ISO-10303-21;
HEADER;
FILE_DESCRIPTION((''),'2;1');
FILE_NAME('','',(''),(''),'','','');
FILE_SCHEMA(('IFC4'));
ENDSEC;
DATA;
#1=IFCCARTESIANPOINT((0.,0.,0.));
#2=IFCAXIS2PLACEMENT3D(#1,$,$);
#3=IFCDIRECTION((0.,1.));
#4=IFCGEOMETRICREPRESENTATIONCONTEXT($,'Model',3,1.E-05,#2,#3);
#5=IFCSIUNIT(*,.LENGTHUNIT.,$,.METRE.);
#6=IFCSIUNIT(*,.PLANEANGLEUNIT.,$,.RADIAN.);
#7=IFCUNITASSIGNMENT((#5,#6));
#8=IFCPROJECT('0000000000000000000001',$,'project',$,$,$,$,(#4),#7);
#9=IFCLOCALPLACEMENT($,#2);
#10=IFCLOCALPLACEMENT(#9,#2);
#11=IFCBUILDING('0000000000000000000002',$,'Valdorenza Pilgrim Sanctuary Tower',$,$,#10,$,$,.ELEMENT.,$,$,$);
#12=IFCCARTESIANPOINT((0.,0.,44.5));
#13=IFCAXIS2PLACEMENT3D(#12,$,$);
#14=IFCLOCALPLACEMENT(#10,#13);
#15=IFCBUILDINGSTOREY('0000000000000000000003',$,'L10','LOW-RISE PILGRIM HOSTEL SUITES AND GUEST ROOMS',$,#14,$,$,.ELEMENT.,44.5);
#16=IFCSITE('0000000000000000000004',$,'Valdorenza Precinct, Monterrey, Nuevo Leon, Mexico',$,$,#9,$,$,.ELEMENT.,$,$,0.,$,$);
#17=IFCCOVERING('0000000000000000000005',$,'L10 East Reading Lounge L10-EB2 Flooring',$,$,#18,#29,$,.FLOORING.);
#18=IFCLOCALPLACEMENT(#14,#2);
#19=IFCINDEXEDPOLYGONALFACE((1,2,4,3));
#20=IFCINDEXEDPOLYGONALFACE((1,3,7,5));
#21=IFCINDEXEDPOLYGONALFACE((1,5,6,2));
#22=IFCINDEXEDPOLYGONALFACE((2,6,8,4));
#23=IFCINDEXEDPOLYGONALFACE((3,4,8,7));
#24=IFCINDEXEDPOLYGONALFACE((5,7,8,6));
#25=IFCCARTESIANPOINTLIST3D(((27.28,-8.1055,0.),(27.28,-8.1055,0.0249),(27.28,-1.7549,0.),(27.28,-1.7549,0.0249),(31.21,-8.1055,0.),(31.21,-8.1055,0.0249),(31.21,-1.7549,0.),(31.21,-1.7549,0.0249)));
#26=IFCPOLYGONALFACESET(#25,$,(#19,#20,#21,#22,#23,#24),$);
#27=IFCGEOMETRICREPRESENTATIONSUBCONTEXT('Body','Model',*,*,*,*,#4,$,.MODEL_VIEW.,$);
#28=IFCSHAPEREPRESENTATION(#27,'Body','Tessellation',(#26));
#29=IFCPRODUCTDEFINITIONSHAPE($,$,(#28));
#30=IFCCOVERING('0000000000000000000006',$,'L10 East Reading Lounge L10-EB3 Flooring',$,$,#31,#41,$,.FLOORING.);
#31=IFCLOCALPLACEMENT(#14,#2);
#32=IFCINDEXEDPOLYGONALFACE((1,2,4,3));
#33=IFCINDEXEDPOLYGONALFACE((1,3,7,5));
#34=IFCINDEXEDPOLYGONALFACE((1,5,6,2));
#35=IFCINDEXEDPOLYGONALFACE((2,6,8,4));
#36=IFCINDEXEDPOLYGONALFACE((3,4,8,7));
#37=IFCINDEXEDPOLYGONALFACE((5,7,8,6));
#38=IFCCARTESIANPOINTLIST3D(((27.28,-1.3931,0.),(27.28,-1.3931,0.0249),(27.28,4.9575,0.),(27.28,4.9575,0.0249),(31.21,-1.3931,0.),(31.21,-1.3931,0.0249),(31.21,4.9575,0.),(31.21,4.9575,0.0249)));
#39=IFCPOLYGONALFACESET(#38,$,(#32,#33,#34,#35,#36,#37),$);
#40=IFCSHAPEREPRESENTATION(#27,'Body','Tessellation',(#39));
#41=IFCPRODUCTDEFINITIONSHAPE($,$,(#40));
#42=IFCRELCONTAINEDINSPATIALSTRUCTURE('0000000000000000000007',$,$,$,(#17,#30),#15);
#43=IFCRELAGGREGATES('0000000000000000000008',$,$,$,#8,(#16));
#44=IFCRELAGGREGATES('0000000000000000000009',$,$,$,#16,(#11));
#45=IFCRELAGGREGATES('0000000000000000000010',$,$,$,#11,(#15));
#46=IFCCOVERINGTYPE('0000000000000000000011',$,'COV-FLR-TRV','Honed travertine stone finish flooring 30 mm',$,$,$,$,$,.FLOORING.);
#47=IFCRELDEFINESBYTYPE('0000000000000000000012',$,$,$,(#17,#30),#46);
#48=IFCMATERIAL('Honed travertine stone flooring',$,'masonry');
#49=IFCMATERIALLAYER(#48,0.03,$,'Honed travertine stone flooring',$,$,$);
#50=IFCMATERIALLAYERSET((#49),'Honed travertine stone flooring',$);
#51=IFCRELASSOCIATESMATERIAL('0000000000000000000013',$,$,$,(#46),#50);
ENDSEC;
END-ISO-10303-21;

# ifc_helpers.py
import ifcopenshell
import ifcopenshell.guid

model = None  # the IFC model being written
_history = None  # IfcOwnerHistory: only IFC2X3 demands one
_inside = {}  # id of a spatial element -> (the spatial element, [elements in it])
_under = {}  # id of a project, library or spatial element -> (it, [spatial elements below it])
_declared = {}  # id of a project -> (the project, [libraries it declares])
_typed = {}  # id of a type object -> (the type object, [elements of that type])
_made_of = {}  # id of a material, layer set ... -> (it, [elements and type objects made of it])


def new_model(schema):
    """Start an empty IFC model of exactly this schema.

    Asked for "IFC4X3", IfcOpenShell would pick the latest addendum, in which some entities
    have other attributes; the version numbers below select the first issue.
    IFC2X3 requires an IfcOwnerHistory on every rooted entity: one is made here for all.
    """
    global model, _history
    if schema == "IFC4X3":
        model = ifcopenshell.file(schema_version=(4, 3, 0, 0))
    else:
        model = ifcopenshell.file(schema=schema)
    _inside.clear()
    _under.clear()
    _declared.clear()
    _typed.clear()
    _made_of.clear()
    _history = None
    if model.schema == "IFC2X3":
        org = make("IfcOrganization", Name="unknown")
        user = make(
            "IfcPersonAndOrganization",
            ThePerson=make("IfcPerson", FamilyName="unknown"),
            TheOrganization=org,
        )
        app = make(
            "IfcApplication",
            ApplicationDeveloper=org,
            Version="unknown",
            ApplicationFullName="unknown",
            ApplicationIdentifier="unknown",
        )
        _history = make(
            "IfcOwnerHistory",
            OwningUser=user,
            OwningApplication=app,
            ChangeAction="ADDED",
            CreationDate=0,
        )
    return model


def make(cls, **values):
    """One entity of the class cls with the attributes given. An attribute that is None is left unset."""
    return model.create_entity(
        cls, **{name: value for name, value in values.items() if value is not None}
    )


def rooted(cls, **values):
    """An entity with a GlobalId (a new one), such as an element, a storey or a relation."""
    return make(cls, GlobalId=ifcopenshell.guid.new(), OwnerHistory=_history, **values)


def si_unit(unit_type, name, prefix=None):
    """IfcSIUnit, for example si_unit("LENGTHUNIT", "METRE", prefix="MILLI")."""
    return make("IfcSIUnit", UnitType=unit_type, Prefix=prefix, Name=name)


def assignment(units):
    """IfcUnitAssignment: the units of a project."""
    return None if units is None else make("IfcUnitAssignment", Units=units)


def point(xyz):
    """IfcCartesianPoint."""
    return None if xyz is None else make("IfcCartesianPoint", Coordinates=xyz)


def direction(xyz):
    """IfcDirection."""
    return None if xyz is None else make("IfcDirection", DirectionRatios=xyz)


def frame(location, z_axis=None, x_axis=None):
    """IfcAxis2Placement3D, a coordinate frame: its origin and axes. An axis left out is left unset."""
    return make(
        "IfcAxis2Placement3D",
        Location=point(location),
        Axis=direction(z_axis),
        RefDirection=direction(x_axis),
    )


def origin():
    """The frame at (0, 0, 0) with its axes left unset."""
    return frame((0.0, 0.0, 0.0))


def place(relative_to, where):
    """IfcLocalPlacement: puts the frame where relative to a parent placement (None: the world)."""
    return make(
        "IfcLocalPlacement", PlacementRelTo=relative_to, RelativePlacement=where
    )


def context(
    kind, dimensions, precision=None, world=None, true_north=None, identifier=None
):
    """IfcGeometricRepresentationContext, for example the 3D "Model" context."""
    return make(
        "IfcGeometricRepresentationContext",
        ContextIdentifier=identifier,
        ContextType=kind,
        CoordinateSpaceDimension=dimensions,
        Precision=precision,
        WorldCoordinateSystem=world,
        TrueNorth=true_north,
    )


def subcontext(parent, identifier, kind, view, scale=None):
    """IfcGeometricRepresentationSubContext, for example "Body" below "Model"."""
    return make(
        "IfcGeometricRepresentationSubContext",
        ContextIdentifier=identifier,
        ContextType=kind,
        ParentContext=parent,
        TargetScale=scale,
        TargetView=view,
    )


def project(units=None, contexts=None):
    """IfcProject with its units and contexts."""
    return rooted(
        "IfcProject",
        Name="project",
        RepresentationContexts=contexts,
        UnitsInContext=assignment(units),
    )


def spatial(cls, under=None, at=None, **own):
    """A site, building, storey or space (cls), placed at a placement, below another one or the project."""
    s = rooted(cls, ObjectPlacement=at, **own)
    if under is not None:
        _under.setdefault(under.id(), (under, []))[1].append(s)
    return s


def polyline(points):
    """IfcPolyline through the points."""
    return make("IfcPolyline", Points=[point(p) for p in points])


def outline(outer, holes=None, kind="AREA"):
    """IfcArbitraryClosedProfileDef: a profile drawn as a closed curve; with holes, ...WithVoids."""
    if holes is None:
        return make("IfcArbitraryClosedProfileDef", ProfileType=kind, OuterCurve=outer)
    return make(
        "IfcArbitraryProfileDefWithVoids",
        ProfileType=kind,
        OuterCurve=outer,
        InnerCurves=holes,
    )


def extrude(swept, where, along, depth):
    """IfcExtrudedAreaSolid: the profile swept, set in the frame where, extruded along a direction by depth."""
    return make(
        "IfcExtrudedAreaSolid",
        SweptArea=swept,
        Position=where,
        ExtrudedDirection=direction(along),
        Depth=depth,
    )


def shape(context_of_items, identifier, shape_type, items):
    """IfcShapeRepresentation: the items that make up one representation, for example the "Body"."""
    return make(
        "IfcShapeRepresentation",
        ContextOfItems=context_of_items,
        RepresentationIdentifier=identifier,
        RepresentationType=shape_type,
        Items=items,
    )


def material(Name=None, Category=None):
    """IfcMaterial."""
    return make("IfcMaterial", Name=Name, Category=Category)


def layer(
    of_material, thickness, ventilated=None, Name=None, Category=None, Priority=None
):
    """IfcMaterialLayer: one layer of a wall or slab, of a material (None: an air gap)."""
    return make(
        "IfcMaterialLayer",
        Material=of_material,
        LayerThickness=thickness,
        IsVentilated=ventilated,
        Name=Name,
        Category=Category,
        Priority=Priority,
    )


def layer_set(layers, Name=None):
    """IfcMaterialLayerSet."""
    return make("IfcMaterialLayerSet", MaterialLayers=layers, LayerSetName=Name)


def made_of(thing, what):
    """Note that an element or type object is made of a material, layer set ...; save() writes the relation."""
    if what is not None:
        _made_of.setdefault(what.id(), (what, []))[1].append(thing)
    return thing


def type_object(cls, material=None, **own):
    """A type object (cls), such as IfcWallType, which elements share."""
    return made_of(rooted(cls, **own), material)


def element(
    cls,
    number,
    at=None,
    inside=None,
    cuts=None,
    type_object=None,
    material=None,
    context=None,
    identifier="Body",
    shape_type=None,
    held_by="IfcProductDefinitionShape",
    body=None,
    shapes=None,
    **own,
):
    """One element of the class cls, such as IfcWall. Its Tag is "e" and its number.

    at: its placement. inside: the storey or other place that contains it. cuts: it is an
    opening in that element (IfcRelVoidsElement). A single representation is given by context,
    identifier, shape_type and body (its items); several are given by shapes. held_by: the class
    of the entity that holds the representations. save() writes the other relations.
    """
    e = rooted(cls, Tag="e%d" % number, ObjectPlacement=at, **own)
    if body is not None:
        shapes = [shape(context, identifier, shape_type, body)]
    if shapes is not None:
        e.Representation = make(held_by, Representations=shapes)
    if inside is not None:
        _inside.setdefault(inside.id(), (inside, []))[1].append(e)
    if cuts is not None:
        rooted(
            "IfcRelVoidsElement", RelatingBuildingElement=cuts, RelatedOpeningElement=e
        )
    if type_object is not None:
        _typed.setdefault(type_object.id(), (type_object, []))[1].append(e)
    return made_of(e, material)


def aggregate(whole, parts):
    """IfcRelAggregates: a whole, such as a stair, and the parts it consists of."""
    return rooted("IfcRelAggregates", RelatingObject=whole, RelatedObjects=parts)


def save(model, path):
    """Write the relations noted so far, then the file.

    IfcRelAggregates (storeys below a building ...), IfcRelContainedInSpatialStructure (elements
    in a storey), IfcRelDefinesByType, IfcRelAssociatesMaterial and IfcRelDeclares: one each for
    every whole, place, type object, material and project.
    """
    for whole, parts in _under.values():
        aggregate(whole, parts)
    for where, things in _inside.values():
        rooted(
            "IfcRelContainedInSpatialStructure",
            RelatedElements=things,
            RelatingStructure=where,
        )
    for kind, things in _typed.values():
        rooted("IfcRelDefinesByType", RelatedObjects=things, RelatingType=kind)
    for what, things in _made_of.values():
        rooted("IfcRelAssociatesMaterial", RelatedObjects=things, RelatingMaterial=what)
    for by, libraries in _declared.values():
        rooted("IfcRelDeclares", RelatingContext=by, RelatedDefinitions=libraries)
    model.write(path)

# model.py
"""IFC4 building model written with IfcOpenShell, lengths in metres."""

from ifc_helpers import new_model, si_unit, direction, frame, origin, place, context, subcontext, project, spatial, polyline, outline, extrude, material, layer, layer_set, type_object, element, save


model = new_model("IFC4")

# Units and contexts
model_context = context("Model", 3, precision=1e-05, world=origin(), true_north=direction((0.0, 1.0)))
body_context = subcontext(model_context, "Body", "Model", "MODEL_VIEW")
ifc_project = project(units=[si_unit("LENGTHUNIT", "METRE"), si_unit("PLANEANGLEUNIT", "RADIAN")], contexts=[model_context])

# Site, building, storey
site_placement = place(None, origin())
site = spatial("IfcSite", under=ifc_project, at=site_placement, Name="Valdorenza Precinct, Monterrey, Nuevo Leon, Mexico", CompositionType="ELEMENT", RefElevation=0.0)
building_placement = place(site_placement, origin())
building = spatial("IfcBuilding", under=site, at=building_placement, Name="Valdorenza Pilgrim Sanctuary Tower", CompositionType="ELEMENT")
storey_placement = place(building_placement, frame((0.0, 0.0, 44.5)))
storey = spatial("IfcBuildingStorey", under=building, at=storey_placement, Name="L10", Description="LOW-RISE PILGRIM HOSTEL SUITES AND GUEST ROOMS", CompositionType="ELEMENT", Elevation=44.5)

# Coverings
ifc_material_1 = material(Name="Honed travertine stone flooring", Category="masonry")
ifc_layer_1 = layer(ifc_material_1, 0.03, Name="Honed travertine stone flooring")
ifc_layer_set_1 = layer_set([ifc_layer_1], Name="Honed travertine stone flooring")
covering_type_1 = type_object("IfcCoveringType", Name="COV-FLR-TRV", Description="Honed travertine stone finish flooring 30 mm", PredefinedType="FLOORING", material=ifc_layer_set_1)
covering_1_placement = place(storey_placement, origin())
element("IfcCovering", 1, at=covering_1_placement, inside=storey, type_object=covering_type_1, Name="L10 East Reading Lounge L10-EB2 Flooring", PredefinedType="FLOORING", context=body_context, shape_type="SweptSolid", body=[
    extrude(outline(polyline([(27.28, -1.7549), (31.21, -1.7549), (31.21, -8.1055), (27.28, -8.1055), (27.28, -1.7549)])), origin(), (0.0, 0.0, 1.0), 0.0249),
])
covering_2_placement = place(storey_placement, origin())
element("IfcCovering", 2, at=covering_2_placement, inside=storey, type_object=covering_type_1, Name="L10 East Reading Lounge L10-EB3 Flooring", PredefinedType="FLOORING", context=body_context, shape_type="SweptSolid", body=[
    extrude(outline(polyline([(27.28, 4.9575), (31.21, 4.9575), (31.21, -1.3931), (27.28, -1.3931), (27.28, 4.9575)])), origin(), (0.0, 0.0, 1.0), 0.0249),
])

save(model, "model.ifc")
